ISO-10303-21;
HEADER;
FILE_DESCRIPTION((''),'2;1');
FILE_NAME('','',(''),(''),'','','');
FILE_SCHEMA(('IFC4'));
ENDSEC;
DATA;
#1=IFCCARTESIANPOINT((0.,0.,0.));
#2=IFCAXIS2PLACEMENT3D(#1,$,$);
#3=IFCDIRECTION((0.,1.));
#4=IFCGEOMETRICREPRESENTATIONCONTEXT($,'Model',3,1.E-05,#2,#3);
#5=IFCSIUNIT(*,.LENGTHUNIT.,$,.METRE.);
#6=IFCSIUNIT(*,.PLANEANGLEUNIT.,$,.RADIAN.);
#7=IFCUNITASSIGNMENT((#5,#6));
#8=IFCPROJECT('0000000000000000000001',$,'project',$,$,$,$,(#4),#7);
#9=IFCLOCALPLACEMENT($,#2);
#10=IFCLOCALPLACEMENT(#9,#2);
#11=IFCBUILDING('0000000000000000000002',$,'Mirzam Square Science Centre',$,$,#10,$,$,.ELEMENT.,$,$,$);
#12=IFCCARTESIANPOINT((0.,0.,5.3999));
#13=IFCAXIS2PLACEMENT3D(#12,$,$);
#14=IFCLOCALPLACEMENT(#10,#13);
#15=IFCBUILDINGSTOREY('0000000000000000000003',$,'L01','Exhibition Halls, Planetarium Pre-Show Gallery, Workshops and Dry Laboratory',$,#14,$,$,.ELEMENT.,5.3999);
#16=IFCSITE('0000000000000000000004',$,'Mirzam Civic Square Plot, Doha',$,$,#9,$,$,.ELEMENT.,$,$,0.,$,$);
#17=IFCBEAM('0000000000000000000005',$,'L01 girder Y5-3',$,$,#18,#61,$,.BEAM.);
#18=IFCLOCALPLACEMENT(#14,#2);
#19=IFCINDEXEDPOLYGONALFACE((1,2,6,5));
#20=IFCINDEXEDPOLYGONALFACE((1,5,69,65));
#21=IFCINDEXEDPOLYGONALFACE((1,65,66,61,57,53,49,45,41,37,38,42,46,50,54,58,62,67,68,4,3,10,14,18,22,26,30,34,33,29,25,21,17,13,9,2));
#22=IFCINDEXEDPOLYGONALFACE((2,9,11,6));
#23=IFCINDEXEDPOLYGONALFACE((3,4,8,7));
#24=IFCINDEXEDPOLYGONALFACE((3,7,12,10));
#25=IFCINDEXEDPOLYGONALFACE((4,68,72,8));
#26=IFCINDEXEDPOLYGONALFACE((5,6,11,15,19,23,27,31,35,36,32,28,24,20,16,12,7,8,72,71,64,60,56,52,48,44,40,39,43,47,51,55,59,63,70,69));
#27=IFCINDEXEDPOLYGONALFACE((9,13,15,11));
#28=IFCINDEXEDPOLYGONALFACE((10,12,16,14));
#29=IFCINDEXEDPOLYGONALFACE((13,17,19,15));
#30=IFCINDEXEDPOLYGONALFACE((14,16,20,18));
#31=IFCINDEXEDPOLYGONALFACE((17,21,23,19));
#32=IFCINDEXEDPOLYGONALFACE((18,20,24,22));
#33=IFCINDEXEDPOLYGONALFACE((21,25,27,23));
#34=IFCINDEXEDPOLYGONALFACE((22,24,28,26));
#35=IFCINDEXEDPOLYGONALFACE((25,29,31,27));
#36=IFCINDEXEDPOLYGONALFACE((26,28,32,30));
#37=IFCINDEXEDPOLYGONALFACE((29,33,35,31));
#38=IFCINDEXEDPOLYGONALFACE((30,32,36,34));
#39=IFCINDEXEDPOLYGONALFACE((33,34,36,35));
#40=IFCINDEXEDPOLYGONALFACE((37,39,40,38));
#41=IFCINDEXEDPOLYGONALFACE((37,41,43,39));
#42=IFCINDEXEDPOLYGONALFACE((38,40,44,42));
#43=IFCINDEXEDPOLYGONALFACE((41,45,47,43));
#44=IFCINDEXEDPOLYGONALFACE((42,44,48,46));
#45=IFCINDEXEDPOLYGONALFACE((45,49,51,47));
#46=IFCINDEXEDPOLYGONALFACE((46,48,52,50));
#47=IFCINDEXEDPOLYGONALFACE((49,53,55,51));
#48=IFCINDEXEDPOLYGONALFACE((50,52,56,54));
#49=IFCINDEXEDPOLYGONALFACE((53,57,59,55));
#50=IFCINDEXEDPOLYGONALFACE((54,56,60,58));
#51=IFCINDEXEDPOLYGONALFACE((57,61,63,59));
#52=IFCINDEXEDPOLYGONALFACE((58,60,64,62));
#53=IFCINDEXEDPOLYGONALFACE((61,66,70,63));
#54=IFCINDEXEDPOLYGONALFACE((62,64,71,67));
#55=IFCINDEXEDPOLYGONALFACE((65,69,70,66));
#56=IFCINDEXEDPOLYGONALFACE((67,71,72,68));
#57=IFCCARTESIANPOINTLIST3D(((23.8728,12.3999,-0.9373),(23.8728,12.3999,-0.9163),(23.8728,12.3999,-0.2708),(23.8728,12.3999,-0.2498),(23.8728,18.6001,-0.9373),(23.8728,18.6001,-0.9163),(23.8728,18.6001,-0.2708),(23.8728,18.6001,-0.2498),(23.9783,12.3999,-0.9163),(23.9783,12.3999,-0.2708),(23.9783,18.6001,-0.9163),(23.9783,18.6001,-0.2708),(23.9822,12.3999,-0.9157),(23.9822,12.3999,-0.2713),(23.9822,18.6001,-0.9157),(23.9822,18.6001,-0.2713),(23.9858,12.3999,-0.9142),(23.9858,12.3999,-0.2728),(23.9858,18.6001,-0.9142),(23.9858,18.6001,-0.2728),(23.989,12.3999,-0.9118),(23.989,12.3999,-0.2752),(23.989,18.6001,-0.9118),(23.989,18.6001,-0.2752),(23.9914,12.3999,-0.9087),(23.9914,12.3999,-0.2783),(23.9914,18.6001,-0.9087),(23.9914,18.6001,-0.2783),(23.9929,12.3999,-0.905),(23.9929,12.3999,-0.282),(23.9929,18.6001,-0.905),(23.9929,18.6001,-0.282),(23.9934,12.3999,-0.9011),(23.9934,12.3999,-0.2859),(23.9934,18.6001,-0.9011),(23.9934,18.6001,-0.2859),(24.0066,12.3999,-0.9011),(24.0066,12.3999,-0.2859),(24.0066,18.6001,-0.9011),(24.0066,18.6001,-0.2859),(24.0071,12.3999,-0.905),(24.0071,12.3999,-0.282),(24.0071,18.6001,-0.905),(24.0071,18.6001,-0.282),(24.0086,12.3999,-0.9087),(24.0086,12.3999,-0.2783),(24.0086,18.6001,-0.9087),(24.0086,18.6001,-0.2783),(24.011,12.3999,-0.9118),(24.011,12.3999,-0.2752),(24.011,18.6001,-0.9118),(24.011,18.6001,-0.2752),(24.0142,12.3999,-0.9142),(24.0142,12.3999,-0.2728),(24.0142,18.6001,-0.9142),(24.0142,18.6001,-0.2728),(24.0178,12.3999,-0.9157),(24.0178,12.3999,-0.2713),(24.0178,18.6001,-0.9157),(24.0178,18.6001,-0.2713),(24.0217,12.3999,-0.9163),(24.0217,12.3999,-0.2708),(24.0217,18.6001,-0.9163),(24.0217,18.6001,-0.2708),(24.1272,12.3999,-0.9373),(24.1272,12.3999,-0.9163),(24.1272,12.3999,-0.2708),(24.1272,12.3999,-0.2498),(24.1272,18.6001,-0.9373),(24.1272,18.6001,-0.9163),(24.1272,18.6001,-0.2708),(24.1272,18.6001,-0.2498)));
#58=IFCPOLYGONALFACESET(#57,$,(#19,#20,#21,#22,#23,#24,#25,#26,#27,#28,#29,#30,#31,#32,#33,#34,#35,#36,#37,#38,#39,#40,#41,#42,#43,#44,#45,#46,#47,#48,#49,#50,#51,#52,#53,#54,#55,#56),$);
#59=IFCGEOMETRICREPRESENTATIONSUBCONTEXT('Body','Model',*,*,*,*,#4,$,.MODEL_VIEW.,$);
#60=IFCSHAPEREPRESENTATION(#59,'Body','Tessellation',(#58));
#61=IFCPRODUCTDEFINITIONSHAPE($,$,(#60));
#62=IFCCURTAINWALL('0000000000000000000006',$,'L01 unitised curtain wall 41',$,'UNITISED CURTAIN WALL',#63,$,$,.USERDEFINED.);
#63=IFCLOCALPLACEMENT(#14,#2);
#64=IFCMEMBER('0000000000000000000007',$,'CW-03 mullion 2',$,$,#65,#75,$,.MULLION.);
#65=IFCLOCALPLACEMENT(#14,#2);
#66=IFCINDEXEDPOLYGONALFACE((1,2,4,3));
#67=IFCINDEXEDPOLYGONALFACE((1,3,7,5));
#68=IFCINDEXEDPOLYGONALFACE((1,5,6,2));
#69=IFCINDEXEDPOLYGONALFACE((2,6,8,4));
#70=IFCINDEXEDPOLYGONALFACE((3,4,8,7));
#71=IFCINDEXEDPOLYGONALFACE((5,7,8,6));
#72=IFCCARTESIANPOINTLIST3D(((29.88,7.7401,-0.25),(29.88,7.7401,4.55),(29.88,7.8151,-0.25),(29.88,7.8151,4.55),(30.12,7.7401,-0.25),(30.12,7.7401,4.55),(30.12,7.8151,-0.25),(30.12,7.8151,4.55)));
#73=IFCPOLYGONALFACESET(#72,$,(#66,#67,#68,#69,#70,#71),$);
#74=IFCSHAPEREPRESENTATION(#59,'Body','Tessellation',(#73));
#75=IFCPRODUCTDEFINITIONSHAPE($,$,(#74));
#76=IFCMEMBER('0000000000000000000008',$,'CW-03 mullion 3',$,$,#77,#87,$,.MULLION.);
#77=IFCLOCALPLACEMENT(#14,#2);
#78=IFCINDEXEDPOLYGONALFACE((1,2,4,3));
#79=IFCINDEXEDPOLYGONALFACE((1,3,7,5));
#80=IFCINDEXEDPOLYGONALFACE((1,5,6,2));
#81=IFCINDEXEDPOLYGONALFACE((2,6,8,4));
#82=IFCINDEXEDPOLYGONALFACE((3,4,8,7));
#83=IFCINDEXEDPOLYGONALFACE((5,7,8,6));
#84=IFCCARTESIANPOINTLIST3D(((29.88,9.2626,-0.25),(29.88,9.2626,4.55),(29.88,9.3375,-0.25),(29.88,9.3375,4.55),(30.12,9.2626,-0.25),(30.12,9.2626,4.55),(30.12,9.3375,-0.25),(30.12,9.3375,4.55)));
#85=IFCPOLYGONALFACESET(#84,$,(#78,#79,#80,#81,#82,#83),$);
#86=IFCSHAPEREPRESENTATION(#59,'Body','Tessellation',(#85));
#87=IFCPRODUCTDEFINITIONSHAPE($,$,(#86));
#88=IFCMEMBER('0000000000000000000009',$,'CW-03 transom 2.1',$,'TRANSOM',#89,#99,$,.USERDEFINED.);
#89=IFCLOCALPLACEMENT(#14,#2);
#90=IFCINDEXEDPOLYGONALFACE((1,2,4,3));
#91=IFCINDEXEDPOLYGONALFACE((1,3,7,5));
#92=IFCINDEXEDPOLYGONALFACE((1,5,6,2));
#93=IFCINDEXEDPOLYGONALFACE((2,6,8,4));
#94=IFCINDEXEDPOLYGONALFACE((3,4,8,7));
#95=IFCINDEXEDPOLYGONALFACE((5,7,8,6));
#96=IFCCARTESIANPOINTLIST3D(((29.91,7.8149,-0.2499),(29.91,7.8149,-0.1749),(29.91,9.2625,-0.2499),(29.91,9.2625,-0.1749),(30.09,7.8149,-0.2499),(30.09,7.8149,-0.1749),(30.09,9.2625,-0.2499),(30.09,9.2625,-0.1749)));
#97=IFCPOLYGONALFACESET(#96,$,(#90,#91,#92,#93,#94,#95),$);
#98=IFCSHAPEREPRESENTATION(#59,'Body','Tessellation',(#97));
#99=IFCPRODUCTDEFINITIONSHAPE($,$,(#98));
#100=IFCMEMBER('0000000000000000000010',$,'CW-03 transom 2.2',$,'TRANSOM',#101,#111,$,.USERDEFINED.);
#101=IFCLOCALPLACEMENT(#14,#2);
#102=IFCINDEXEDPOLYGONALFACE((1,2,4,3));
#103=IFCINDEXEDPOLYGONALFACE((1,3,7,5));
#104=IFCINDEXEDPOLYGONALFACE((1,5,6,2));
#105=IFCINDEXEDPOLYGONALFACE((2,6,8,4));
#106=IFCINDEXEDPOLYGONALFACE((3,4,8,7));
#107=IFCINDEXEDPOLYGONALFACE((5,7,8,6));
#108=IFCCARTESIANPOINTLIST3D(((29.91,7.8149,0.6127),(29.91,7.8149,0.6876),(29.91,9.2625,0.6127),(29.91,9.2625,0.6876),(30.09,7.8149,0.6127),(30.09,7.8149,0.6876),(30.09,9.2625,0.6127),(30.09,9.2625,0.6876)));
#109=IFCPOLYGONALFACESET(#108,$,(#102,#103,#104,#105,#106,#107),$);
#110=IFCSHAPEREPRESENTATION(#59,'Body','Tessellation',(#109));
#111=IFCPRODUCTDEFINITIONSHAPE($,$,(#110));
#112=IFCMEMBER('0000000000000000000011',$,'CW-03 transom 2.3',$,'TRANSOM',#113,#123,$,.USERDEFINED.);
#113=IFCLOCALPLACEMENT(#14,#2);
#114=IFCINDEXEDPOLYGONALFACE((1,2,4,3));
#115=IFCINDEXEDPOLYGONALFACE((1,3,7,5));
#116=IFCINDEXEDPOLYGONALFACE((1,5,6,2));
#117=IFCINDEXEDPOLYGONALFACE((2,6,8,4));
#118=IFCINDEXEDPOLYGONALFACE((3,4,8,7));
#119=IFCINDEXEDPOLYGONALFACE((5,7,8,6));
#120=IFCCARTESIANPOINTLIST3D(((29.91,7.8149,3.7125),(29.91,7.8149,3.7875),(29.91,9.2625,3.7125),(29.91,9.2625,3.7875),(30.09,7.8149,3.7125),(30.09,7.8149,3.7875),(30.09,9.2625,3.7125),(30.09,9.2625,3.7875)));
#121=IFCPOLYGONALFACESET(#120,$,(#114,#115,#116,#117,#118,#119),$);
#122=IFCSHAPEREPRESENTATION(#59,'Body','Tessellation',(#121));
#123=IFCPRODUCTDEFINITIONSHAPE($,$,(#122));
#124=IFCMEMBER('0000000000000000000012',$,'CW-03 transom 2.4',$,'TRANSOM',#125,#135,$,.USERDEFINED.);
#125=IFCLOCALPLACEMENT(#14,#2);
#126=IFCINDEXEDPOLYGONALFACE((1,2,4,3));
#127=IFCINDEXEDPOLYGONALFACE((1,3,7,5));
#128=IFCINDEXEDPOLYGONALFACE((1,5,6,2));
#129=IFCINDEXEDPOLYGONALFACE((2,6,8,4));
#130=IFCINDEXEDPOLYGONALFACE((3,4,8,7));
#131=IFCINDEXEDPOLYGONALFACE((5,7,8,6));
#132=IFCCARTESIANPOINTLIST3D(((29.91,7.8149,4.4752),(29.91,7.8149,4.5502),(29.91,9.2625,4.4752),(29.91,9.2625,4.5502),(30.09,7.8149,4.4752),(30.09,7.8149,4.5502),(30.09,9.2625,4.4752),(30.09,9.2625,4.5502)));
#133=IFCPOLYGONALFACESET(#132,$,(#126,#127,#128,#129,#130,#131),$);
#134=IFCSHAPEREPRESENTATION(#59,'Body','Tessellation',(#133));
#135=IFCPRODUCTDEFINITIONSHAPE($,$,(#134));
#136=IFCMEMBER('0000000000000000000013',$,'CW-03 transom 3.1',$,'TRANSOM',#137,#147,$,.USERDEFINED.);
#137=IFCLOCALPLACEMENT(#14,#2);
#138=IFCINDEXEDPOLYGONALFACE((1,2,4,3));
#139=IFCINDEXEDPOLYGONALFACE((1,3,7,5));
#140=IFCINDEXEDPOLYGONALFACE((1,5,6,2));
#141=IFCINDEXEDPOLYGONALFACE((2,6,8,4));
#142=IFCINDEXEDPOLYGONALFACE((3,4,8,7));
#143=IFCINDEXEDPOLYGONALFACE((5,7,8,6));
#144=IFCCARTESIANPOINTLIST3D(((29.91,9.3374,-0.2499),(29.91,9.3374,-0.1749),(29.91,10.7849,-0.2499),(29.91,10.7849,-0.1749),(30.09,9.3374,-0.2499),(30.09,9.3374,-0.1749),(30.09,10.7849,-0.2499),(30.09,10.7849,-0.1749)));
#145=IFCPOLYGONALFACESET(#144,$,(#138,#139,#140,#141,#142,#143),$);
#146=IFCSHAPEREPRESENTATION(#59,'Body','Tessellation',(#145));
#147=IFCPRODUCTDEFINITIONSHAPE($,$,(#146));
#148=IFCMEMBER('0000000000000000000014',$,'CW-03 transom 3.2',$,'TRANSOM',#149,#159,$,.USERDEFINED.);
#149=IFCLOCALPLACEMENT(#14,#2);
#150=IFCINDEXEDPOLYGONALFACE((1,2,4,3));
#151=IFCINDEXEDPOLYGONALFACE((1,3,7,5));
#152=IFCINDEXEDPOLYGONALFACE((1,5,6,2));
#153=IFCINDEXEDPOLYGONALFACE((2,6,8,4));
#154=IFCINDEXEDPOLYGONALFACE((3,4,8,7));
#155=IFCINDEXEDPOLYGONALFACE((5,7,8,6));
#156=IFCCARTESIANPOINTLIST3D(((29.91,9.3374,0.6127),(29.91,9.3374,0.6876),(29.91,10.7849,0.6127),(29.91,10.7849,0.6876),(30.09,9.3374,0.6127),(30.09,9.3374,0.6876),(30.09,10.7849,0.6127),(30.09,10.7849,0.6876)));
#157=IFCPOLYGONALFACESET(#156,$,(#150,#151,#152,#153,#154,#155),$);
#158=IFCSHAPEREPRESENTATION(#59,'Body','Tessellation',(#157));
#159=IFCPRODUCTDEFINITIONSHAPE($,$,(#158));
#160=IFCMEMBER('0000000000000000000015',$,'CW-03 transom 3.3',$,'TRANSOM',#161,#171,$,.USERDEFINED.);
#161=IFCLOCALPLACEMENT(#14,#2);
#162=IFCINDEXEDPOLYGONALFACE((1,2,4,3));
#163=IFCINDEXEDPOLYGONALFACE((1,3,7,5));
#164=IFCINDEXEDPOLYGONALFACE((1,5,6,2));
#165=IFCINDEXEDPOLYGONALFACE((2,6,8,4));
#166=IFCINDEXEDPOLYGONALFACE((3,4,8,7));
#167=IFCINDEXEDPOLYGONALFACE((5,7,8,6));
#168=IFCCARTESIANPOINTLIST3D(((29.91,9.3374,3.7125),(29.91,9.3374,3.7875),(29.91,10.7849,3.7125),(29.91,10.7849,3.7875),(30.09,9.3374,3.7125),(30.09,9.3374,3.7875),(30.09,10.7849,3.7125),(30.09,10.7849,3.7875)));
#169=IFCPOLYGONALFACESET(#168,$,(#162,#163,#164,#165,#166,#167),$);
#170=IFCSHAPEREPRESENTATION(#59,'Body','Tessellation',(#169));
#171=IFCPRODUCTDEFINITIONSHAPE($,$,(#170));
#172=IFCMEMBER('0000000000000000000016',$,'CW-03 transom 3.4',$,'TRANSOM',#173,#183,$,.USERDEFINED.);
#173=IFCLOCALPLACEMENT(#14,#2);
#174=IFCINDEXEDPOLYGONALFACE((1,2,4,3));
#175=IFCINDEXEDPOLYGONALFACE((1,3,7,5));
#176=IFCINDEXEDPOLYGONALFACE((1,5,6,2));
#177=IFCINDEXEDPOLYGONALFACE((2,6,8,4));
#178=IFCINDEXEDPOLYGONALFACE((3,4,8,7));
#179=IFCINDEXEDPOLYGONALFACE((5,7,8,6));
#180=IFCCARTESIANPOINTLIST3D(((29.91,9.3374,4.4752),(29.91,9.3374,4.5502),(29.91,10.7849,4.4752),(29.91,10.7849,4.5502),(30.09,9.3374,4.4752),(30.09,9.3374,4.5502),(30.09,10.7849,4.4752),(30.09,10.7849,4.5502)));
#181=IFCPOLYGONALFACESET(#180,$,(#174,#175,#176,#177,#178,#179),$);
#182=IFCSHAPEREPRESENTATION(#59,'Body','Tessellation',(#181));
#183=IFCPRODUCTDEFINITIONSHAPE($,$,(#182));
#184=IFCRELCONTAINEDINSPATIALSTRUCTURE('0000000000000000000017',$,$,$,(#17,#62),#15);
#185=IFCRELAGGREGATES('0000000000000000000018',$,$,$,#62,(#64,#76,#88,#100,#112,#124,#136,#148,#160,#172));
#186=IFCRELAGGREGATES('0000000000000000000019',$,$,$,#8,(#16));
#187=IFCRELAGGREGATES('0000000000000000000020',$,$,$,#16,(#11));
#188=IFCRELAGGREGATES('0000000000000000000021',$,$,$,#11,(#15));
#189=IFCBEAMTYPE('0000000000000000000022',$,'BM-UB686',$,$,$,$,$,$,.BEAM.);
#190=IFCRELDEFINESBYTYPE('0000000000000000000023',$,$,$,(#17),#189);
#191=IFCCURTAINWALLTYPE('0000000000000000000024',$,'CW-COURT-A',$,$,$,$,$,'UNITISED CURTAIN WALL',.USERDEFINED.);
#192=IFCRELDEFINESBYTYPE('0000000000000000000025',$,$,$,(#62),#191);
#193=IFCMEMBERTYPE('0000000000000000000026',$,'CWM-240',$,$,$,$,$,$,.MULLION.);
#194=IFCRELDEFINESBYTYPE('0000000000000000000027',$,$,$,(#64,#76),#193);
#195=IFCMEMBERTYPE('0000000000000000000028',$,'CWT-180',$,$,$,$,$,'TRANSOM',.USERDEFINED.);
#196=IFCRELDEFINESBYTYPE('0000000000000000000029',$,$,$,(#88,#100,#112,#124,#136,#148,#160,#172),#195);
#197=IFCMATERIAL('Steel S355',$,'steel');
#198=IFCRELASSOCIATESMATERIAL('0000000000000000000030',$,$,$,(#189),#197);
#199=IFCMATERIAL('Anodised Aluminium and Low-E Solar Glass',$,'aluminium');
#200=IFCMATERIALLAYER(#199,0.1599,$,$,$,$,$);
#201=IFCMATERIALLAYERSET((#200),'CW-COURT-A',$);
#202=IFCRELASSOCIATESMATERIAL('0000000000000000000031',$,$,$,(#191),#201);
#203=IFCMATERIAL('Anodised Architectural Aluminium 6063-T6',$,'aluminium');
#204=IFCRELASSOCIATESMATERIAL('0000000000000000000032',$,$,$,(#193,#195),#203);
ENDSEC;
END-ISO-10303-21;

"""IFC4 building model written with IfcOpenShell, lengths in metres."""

from ifc_helpers import new_model, si_unit, direction, frame, origin, origin_2d, place, context, subcontext, project, spatial, rectangle, i_section, extrude, material, layer, layer_set, material_profile, profile_set, type_object, element, aggregate, save


model = new_model("IFC4")

# Units and contexts
model_context = context("Model", 3, precision=1e-05, world=origin(), true_north=direction((0.0, 1.0)))
body_context = subcontext(model_context, "Body", "Model", "MODEL_VIEW")
ifc_project = project(units=[si_unit("LENGTHUNIT", "METRE"), si_unit("PLANEANGLEUNIT", "RADIAN")], contexts=[model_context])

# Site, building, storey
site_placement = place(None, origin())
site = spatial("IfcSite", under=ifc_project, at=site_placement, Name="Mirzam Civic Square Plot, Doha", CompositionType="ELEMENT", RefElevation=0.0)
building_placement = place(site_placement, origin())
building = spatial("IfcBuilding", under=site, at=building_placement, Name="Mirzam Square Science Centre", CompositionType="ELEMENT")
storey_placement = place(building_placement, frame((0.0, 0.0, 5.3999)))
storey = spatial("IfcBuildingStorey", under=building, at=storey_placement, Name="L01", Description="Exhibition Halls, Planetarium Pre-Show Gallery, Workshops and Dry Laboratory", CompositionType="ELEMENT", Elevation=5.3999)

# Shared definitions
ifc_material_1 = material(Name="Steel S355", Category="steel")

# Beam
ifc_material_profile_1 = material_profile(ifc_material_1, i_section(OverallWidth=0.2544, OverallDepth=0.6875, WebThickness=0.0132, FlangeThickness=0.021, FilletRadius=0.0151, at=origin_2d()), Name="686x254x152UB")
ifc_profile_set_1 = profile_set([ifc_material_profile_1], Name="Steel S355")
beam_type_1 = type_object("IfcBeamType", Name="BM-UB686", PredefinedType="BEAM", material=ifc_profile_set_1)
beam_1_placement = place(storey_placement, frame((24.0, 12.3999, -0.5935), z_axis=(0.0, 1.0, 0.0), x_axis=(-1.0, 0.0, 0.0)))
element("IfcBeam", 1, at=beam_1_placement, inside=storey, type_object=beam_type_1, Name="L01 girder Y5-3", PredefinedType="BEAM", context=body_context, shape_type="SweptSolid", body=[
    extrude(i_section(OverallWidth=0.2544, OverallDepth=0.6875, WebThickness=0.0132, FlangeThickness=0.021, FilletRadius=0.0151, at=origin_2d()), origin(), (0.0, 0.0, 1.0), 6.2002),
])

# Curtain wall, members
ifc_material_2 = material(Name="Anodised Aluminium and Low-E Solar Glass", Category="aluminium")
ifc_layer_1 = layer(ifc_material_2, 0.1599)
ifc_layer_set_1 = layer_set([ifc_layer_1], Name="CW-COURT-A")
curtain_wall_type = type_object("IfcCurtainWallType", Name="CW-COURT-A", ElementType="UNITISED CURTAIN WALL", PredefinedType="USERDEFINED", material=ifc_layer_set_1)
curtain_wall_placement = place(storey_placement, origin())
curtain_wall = element("IfcCurtainWall", 2, at=curtain_wall_placement, inside=storey, type_object=curtain_wall_type, Name="L01 unitised curtain wall 41", ObjectType="UNITISED CURTAIN WALL", PredefinedType="USERDEFINED")
ifc_material_3 = material(Name="Anodised Architectural Aluminium 6063-T6", Category="aluminium")
ifc_material_profile_2 = material_profile(ifc_material_3, rectangle(XDim=0.075, YDim=0.24, at=origin_2d()), Name="ALU-MULL-240x75x5")
ifc_profile_set_2 = profile_set([ifc_material_profile_2], Name="Anodised Architectural Aluminium 6063-T6")
member_type_1 = type_object("IfcMemberType", Name="CWM-240", PredefinedType="MULLION", material=ifc_profile_set_2)
member_1_placement = place(storey_placement, frame((30.0, 7.7776, -0.25), z_axis=(0.0, 0.0, 1.0), x_axis=(0.0, 1.0, 0.0)))
member_1 = element("IfcMember", 3, at=member_1_placement, type_object=member_type_1, Name="CW-03 mullion 2", PredefinedType="MULLION", context=body_context, shape_type="SweptSolid", body=[
    extrude(rectangle(XDim=0.075, YDim=0.24, at=origin_2d()), origin(), (0.0, 0.0, 1.0), 4.8),
])
member_2_placement = place(storey_placement, frame((30.0, 9.3, -0.25), z_axis=(0.0, 0.0, 1.0), x_axis=(0.0, 1.0, 0.0)))
member_2 = element("IfcMember", 4, at=member_2_placement, type_object=member_type_1, Name="CW-03 mullion 3", PredefinedType="MULLION", context=body_context, shape_type="SweptSolid", body=[
    extrude(rectangle(XDim=0.075, YDim=0.24, at=origin_2d()), origin(), (0.0, 0.0, 1.0), 4.8),
])
ifc_material_profile_3 = material_profile(ifc_material_3, rectangle(XDim=0.1799, YDim=0.075, at=origin_2d()), Name="ALU-TRAN-180x75x5")
ifc_profile_set_3 = profile_set([ifc_material_profile_3], Name="Anodised Architectural Aluminium 6063-T6")
member_type_2 = type_object("IfcMemberType", Name="CWT-180", ElementType="TRANSOM", PredefinedType="USERDEFINED", material=ifc_profile_set_3)
member_3_placement = place(storey_placement, frame((30.0, 7.8149, -0.2124), z_axis=(0.0, 1.0, 0.0), x_axis=(-1.0, 0.0, 0.0)))
member_3 = element("IfcMember", 5, at=member_3_placement, type_object=member_type_2, Name="CW-03 transom 2.1", ObjectType="TRANSOM", PredefinedType="USERDEFINED", context=body_context, shape_type="SweptSolid", body=[
    extrude(rectangle(XDim=0.1799, YDim=0.075, at=origin_2d()), origin(), (0.0, 0.0, 1.0), 1.4475),
])
member_4_placement = place(storey_placement, frame((30.0, 7.8149, 0.6501), z_axis=(0.0, 1.0, 0.0), x_axis=(-1.0, 0.0, 0.0)))
member_4 = element("IfcMember", 6, at=member_4_placement, type_object=member_type_2, Name="CW-03 transom 2.2", ObjectType="TRANSOM", PredefinedType="USERDEFINED", context=body_context, shape_type="SweptSolid", body=[
    extrude(rectangle(XDim=0.1799, YDim=0.075, at=origin_2d()), origin(), (0.0, 0.0, 1.0), 1.4475),
])
member_5_placement = place(storey_placement, frame((30.0, 7.8149, 3.75), z_axis=(0.0, 1.0, 0.0), x_axis=(-1.0, 0.0, 0.0)))
member_5 = element("IfcMember", 7, at=member_5_placement, type_object=member_type_2, Name="CW-03 transom 2.3", ObjectType="TRANSOM", PredefinedType="USERDEFINED", context=body_context, shape_type="SweptSolid", body=[
    extrude(rectangle(XDim=0.1799, YDim=0.075, at=origin_2d()), origin(), (0.0, 0.0, 1.0), 1.4475),
])
member_6_placement = place(storey_placement, frame((30.0, 7.8149, 4.5127), z_axis=(0.0, 1.0, 0.0), x_axis=(-1.0, 0.0, 0.0)))
member_6 = element("IfcMember", 8, at=member_6_placement, type_object=member_type_2, Name="CW-03 transom 2.4", ObjectType="TRANSOM", PredefinedType="USERDEFINED", context=body_context, shape_type="SweptSolid", body=[
    extrude(rectangle(XDim=0.1799, YDim=0.075, at=origin_2d()), origin(), (0.0, 0.0, 1.0), 1.4475),
])
member_7_placement = place(storey_placement, frame((30.0, 9.3374, -0.2124), z_axis=(0.0, 1.0, 0.0), x_axis=(-1.0, 0.0, 0.0)))
member_7 = element("IfcMember", 9, at=member_7_placement, type_object=member_type_2, Name="CW-03 transom 3.1", ObjectType="TRANSOM", PredefinedType="USERDEFINED", context=body_context, shape_type="SweptSolid", body=[
    extrude(rectangle(XDim=0.1799, YDim=0.075, at=origin_2d()), origin(), (0.0, 0.0, 1.0), 1.4475),
])
member_8_placement = place(storey_placement, frame((30.0, 9.3374, 0.6501), z_axis=(0.0, 1.0, 0.0), x_axis=(-1.0, 0.0, 0.0)))
member_8 = element("IfcMember", 10, at=member_8_placement, type_object=member_type_2, Name="CW-03 transom 3.2", ObjectType="TRANSOM", PredefinedType="USERDEFINED", context=body_context, shape_type="SweptSolid", body=[
    extrude(rectangle(XDim=0.1799, YDim=0.075, at=origin_2d()), origin(), (0.0, 0.0, 1.0), 1.4475),
])
member_9_placement = place(storey_placement, frame((30.0, 9.3374, 3.75), z_axis=(0.0, 1.0, 0.0), x_axis=(-1.0, 0.0, 0.0)))
member_9 = element("IfcMember", 11, at=member_9_placement, type_object=member_type_2, Name="CW-03 transom 3.3", ObjectType="TRANSOM", PredefinedType="USERDEFINED", context=body_context, shape_type="SweptSolid", body=[
    extrude(rectangle(XDim=0.1799, YDim=0.075, at=origin_2d()), origin(), (0.0, 0.0, 1.0), 1.4475),
])
member_10_placement = place(storey_placement, frame((30.0, 9.3374, 4.5127), z_axis=(0.0, 1.0, 0.0), x_axis=(-1.0, 0.0, 0.0)))
member_10 = element("IfcMember", 12, at=member_10_placement, type_object=member_type_2, Name="CW-03 transom 3.4", ObjectType="TRANSOM", PredefinedType="USERDEFINED", context=body_context, shape_type="SweptSolid", body=[
    extrude(rectangle(XDim=0.1799, YDim=0.075, at=origin_2d()), origin(), (0.0, 0.0, 1.0), 1.4475),
])

aggregate(curtain_wall, [member_1, member_2, member_3, member_4, member_5, member_6, member_7, member_8, member_9, member_10])

save(model, "model.ifc")
